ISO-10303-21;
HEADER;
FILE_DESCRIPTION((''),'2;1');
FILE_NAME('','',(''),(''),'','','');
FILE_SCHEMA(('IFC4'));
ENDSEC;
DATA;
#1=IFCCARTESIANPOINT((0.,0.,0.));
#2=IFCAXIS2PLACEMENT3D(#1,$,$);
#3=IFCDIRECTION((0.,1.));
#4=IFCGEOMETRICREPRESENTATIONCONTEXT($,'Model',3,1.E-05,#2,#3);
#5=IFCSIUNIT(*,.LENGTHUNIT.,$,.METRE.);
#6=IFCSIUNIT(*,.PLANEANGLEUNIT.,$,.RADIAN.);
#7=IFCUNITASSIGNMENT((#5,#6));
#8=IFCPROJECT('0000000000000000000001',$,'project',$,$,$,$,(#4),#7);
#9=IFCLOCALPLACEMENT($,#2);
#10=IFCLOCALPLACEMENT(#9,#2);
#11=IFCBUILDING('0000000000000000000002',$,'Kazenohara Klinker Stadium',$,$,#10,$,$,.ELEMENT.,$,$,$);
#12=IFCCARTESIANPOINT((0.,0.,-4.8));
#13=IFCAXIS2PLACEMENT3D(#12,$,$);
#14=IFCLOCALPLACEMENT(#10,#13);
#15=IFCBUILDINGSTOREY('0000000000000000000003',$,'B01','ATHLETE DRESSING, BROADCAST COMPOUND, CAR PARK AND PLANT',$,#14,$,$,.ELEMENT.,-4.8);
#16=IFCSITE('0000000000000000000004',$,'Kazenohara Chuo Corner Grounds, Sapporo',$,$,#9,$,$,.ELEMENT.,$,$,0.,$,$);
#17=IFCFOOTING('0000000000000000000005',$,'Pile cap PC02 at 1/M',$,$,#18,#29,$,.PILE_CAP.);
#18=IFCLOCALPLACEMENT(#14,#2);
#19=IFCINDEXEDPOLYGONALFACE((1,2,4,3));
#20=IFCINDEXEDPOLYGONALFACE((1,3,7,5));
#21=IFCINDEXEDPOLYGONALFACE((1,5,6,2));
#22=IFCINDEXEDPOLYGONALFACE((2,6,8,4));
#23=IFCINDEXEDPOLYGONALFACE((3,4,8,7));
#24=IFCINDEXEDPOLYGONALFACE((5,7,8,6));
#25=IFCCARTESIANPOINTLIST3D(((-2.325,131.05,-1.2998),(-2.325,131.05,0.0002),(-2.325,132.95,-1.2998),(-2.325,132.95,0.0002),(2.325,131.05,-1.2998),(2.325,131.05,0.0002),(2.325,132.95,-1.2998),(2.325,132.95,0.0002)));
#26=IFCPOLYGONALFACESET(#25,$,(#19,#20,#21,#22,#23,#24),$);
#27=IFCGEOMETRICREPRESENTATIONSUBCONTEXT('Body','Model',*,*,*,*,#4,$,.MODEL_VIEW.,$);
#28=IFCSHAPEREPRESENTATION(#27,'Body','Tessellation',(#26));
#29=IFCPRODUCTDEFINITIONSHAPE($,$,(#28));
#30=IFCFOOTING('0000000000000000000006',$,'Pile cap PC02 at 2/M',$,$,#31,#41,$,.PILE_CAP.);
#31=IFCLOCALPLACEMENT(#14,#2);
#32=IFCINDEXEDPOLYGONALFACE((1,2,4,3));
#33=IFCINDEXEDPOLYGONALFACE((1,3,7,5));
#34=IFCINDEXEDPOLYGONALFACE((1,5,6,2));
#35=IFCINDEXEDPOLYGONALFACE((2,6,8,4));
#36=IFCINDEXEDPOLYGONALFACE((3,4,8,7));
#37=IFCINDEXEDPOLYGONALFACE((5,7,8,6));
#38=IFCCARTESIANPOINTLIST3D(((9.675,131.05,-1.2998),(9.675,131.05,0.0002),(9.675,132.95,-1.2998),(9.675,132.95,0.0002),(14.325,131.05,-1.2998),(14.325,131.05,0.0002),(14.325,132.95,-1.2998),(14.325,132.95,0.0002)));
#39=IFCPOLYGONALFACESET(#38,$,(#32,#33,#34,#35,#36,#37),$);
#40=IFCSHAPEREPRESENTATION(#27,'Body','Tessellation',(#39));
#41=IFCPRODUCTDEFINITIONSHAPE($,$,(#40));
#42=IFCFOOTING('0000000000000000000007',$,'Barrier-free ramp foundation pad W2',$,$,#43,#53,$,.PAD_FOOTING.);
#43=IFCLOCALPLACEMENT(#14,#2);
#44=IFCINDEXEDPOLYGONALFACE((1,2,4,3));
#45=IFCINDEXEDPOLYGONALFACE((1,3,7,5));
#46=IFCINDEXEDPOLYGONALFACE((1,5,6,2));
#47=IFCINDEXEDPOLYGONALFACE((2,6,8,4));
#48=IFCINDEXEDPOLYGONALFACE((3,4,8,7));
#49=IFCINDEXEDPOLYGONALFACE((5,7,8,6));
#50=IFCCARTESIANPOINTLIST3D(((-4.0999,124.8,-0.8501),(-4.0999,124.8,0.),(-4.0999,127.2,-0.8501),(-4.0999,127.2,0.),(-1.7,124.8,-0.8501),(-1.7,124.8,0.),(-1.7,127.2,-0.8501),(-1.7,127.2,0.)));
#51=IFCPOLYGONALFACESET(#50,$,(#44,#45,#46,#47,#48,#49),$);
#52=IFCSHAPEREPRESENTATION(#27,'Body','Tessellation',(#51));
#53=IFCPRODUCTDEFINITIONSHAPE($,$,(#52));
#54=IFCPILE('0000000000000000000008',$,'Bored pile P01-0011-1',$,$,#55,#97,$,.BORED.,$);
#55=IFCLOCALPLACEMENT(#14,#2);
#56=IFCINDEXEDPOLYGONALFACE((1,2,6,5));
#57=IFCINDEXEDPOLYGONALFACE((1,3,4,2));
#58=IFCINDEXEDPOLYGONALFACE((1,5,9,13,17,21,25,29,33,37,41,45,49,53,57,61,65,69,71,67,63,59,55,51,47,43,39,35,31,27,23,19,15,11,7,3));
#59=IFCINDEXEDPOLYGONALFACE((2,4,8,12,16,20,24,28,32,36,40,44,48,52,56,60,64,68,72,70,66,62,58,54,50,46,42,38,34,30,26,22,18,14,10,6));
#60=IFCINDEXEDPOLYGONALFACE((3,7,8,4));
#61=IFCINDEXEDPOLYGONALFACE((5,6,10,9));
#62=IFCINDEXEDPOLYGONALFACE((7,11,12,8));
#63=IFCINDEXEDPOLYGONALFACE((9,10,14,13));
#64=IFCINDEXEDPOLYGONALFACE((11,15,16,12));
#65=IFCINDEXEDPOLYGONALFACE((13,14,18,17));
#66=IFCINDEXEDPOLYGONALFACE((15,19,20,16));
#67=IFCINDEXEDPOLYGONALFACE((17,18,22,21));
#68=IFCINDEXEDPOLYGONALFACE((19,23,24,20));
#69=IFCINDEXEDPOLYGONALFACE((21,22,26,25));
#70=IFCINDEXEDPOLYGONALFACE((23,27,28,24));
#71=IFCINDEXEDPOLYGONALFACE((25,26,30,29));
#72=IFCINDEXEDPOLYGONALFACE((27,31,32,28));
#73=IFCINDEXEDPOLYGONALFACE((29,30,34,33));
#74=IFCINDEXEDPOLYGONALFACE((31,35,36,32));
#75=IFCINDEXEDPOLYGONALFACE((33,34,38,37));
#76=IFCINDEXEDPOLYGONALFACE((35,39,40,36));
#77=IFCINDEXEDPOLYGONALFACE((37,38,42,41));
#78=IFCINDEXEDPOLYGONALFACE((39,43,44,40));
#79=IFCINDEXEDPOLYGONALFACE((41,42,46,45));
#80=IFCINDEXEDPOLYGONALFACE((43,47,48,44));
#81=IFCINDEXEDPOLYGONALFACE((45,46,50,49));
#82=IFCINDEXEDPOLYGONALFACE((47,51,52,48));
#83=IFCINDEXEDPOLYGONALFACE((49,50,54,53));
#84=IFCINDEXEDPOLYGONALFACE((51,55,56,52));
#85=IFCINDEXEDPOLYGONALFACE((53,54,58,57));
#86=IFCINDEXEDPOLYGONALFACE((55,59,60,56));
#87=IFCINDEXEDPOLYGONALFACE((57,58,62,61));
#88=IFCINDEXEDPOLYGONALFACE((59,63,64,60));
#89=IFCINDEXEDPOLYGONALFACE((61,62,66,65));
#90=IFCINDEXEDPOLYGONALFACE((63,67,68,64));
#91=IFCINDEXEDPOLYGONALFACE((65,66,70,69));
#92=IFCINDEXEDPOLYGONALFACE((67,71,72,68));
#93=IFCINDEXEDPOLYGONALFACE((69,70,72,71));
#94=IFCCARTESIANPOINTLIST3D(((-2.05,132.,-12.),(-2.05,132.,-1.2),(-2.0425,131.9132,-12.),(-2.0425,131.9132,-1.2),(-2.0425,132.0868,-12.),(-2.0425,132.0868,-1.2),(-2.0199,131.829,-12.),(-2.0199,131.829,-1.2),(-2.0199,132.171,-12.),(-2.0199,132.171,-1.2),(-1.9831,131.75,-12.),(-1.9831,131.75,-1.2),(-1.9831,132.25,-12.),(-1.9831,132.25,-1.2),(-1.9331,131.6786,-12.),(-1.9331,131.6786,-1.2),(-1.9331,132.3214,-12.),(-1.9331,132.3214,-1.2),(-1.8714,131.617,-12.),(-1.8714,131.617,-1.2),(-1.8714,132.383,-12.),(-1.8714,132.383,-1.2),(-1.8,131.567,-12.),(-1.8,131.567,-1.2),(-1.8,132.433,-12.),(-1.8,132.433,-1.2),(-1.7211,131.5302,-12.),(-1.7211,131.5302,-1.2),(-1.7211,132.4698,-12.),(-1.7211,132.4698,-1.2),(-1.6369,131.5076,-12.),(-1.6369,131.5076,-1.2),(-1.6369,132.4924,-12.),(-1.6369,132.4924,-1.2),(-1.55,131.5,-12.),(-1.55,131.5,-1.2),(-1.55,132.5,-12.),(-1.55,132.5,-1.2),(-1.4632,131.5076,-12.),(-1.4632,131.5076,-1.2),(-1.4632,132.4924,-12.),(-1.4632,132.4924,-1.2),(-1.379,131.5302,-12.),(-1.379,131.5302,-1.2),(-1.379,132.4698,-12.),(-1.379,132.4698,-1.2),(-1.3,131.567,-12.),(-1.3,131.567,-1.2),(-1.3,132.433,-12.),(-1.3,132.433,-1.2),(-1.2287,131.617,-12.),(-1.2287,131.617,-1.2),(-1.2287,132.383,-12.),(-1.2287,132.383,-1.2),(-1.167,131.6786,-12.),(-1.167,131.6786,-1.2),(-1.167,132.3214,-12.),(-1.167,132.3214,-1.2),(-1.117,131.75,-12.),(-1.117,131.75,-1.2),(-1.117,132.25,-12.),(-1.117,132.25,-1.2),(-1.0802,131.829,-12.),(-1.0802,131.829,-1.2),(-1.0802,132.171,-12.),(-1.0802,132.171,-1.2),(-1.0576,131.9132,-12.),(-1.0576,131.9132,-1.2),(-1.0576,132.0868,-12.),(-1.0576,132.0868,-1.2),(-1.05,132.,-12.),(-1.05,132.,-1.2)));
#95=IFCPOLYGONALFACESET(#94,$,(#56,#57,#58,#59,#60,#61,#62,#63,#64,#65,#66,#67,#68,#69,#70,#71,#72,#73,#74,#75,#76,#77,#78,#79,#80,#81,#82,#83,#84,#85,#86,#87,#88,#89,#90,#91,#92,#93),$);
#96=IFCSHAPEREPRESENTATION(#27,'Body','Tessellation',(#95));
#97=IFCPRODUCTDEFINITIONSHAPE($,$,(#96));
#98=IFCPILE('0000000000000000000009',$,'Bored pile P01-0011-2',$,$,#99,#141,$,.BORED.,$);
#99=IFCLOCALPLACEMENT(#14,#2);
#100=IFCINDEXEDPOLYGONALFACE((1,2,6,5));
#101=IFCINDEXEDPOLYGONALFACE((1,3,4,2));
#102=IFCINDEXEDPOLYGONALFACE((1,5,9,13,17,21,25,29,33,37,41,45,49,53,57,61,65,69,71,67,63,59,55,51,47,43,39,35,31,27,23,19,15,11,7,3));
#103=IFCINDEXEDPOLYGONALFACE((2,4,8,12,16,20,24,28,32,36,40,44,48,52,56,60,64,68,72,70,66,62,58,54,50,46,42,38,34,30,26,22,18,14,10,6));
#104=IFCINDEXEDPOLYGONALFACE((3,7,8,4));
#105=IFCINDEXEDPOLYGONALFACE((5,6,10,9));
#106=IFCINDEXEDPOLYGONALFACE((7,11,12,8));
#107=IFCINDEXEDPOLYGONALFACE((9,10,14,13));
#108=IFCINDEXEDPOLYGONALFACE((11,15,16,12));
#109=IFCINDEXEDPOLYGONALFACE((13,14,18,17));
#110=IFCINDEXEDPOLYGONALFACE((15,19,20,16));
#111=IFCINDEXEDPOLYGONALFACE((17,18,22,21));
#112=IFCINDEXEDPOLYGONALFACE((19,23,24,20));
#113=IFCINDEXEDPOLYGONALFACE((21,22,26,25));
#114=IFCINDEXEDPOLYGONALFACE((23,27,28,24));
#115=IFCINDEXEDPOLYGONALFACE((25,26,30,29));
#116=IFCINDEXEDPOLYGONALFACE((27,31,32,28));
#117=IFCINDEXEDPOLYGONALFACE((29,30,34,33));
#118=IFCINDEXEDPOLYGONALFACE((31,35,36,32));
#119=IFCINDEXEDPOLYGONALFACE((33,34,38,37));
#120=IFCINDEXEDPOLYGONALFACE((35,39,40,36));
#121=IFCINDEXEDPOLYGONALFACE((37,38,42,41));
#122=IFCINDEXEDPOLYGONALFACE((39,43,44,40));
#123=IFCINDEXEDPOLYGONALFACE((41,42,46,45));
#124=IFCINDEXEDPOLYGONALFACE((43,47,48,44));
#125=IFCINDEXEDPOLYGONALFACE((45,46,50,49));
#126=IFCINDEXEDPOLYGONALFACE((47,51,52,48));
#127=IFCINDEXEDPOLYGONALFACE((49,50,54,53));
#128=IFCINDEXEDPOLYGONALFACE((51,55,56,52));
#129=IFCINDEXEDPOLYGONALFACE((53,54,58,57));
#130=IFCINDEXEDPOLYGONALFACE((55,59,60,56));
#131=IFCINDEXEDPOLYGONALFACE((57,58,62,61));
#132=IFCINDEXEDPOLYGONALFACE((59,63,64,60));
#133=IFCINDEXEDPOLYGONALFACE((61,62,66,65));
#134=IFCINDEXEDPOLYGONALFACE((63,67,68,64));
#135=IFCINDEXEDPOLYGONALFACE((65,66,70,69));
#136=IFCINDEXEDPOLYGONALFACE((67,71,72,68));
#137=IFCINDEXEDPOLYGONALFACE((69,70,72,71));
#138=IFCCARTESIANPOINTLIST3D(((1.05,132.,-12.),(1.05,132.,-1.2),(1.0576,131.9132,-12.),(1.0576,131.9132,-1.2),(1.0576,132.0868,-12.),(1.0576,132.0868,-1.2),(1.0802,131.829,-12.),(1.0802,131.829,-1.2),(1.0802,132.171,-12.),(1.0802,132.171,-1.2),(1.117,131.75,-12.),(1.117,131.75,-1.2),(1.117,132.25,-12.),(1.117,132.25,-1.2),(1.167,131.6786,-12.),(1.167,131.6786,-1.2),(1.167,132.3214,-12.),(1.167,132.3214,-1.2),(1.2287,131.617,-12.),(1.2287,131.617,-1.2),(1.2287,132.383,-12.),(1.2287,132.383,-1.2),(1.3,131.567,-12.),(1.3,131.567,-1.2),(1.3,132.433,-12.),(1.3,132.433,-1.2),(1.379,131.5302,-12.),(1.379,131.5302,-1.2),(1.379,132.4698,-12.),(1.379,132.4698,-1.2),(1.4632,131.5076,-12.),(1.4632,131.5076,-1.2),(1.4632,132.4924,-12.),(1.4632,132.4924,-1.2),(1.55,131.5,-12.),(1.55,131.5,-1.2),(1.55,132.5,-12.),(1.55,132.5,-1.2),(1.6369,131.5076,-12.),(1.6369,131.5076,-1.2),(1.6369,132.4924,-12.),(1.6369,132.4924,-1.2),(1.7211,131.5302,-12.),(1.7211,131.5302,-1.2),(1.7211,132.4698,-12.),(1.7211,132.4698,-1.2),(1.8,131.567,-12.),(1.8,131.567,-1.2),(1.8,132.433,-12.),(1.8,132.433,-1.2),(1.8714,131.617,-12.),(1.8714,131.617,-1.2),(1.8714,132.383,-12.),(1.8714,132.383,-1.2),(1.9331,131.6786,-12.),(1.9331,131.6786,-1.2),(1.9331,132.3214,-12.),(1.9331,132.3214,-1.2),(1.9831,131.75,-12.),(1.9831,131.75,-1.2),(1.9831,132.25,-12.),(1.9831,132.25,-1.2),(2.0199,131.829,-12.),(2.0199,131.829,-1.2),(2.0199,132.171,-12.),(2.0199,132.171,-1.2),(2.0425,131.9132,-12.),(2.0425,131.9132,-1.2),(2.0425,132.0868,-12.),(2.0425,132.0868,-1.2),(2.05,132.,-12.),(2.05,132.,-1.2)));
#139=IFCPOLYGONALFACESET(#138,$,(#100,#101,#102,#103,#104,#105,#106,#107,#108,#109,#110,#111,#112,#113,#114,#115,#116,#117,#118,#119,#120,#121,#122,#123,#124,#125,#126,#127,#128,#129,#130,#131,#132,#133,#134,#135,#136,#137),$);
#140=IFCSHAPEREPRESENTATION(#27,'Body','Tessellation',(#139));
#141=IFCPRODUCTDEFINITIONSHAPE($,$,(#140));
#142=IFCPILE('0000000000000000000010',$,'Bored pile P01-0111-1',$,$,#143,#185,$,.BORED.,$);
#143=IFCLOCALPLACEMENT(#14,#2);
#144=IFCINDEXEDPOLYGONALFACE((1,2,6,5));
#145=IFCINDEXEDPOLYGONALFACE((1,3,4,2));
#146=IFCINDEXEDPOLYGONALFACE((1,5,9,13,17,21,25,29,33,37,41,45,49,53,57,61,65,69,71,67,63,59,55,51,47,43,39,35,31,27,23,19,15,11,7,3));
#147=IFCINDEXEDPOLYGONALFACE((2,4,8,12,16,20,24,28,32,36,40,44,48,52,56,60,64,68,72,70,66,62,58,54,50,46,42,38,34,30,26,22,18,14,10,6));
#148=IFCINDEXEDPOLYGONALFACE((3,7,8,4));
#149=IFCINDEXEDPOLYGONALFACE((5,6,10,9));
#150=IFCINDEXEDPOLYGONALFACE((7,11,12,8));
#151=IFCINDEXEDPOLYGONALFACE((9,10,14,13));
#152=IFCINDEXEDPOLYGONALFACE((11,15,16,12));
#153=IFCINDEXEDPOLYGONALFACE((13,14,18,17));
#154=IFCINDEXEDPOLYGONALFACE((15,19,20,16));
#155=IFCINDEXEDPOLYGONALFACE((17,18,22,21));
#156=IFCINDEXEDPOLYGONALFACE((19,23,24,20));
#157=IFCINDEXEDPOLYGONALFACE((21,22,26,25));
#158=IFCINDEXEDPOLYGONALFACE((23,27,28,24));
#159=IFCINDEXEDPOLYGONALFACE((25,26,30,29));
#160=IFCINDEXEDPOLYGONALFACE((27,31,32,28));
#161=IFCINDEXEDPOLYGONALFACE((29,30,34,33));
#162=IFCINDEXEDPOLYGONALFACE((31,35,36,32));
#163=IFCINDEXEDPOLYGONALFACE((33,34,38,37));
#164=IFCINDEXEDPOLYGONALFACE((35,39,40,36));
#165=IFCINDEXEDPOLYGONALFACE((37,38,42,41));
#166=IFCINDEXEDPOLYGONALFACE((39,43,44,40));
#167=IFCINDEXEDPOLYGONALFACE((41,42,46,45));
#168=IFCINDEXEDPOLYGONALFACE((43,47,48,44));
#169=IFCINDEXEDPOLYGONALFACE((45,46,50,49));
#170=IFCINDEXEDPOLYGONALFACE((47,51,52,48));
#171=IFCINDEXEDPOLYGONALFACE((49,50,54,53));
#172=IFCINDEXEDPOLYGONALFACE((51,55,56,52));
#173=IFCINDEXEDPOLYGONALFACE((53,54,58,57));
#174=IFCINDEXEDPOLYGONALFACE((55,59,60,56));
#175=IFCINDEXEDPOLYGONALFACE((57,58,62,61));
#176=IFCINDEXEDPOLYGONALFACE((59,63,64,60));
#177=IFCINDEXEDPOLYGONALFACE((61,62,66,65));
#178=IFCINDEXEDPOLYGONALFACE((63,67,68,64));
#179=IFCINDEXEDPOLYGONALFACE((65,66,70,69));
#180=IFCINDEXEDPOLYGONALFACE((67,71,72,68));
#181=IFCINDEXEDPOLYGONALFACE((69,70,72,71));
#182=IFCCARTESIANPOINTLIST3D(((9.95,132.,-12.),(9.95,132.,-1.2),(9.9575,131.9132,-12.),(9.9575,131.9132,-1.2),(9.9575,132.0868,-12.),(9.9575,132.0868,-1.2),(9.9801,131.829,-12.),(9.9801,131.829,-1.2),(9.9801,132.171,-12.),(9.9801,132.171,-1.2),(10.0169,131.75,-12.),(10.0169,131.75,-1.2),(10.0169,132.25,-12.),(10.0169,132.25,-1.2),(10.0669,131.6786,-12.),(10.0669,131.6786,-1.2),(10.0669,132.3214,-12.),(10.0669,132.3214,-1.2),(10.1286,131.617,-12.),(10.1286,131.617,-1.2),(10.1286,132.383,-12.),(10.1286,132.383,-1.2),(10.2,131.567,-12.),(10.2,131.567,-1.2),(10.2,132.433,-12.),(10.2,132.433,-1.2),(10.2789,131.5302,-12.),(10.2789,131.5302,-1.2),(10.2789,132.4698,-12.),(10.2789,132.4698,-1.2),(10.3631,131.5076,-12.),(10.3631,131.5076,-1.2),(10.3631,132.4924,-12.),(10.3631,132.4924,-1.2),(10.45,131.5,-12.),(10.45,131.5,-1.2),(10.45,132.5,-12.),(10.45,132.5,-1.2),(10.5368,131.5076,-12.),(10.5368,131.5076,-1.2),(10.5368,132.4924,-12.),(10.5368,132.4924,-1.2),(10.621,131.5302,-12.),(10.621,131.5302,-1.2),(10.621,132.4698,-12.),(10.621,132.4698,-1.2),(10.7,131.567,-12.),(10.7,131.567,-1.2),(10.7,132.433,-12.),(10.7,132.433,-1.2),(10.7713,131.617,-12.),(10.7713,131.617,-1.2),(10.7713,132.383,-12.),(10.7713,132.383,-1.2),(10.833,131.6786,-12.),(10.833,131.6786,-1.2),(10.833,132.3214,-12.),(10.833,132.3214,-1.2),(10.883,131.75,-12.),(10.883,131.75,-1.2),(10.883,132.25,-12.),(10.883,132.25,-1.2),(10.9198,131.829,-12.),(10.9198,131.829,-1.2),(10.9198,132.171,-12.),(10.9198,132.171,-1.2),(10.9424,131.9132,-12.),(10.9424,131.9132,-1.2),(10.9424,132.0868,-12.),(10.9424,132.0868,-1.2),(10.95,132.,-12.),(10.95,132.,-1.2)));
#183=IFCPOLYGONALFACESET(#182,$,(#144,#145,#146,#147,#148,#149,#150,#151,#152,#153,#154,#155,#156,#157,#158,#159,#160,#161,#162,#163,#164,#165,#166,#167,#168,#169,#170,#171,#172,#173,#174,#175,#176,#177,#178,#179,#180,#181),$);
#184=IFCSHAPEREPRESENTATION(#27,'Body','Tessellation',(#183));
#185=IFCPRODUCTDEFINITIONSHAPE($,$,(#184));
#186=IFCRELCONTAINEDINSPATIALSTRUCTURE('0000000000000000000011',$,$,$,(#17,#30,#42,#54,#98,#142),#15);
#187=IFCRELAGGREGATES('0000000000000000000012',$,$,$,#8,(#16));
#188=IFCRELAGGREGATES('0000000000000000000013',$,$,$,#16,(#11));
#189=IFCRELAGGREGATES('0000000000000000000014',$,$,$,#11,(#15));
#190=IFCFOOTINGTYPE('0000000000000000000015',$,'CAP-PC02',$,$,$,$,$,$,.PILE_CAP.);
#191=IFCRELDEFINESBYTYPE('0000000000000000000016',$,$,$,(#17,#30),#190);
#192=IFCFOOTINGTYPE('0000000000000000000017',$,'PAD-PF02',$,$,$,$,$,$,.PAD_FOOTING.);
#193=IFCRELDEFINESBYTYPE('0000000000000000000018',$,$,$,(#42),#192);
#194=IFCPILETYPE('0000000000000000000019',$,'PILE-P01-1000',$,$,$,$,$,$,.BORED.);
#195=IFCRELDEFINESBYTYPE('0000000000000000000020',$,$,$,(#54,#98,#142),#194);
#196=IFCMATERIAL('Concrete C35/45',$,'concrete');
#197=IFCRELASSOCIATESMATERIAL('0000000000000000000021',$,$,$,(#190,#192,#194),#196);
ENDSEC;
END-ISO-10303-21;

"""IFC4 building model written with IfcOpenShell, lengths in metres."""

from ifc_helpers import new_model, si_unit, direction, frame, origin, origin_2d, place, context, subcontext, project, spatial, rectangle, circle, extrude, material, material_profile, profile_set, type_object, element, save


model = new_model("IFC4")

# Units and contexts
model_context = context("Model", 3, precision=1e-05, world=origin(), true_north=direction((0.0, 1.0)))
body_context = subcontext(model_context, "Body", "Model", "MODEL_VIEW")
ifc_project = project(units=[si_unit("LENGTHUNIT", "METRE"), si_unit("PLANEANGLEUNIT", "RADIAN")], contexts=[model_context])

# Site, building, storey
site_placement = place(None, origin())
site = spatial("IfcSite", under=ifc_project, at=site_placement, Name="Kazenohara Chuo Corner Grounds, Sapporo", CompositionType="ELEMENT", RefElevation=0.0)
building_placement = place(site_placement, origin())
building = spatial("IfcBuilding", under=site, at=building_placement, Name="Kazenohara Klinker Stadium", CompositionType="ELEMENT")
storey_placement = place(building_placement, frame((0.0, 0.0, -4.8)))
storey = spatial("IfcBuildingStorey", under=building, at=storey_placement, Name="B01", Description="ATHLETE DRESSING, BROADCAST COMPOUND, CAR PARK AND PLANT", CompositionType="ELEMENT", Elevation=-4.8)

# Footings
ifc_material_1 = material(Name="Concrete C35/45", Category="concrete")
footing_type_1 = type_object("IfcFootingType", Name="CAP-PC02", PredefinedType="PILE_CAP", material=ifc_material_1)
for number, where, z_axis, x_axis, name in (
    (1, (0.0, 132.0, -1.2998), (0.0, 0.0, 1.0), (1.0, 0.0, 0.0), "Pile cap PC02 at 1/M"),
    (2, (12.0, 132.0, -1.2998), (0.0, 0.0, 1.0), (1.0, 0.0, 0.0), "Pile cap PC02 at 2/M"),
):
    element("IfcFooting", number, at=place(storey_placement, frame(where, z_axis=z_axis, x_axis=x_axis)), inside=storey, type_object=footing_type_1, Name=name, PredefinedType="PILE_CAP", context=body_context, shape_type="SweptSolid", body=[
        extrude(rectangle(XDim=4.6499, YDim=1.8999, at=origin_2d()), origin(), (0.0, 0.0, 1.0), 1.3),
    ])
footing_type_2 = type_object("IfcFootingType", Name="PAD-PF02", PredefinedType="PAD_FOOTING", material=ifc_material_1)
footing_placement = place(storey_placement, frame((-2.8999, 126.0, -0.8501), z_axis=(0.0, 0.0, 1.0), x_axis=(1.0, 0.0, 0.0)))
element("IfcFooting", 3, at=footing_placement, inside=storey, type_object=footing_type_2, Name="Barrier-free ramp foundation pad W2", PredefinedType="PAD_FOOTING", context=body_context, shape_type="SweptSolid", body=[
    extrude(rectangle(XDim=2.3999, YDim=2.3999, at=origin_2d()), origin(), (0.0, 0.0, 1.0), 0.8501),
])

# Piles
ifc_material_profile_1 = material_profile(ifc_material_1, circle(Radius=0.5, at=origin_2d()), Name="BORED-PILE-1000")
ifc_profile_set_1 = profile_set([ifc_material_profile_1], Name="Concrete C35/45")
pile_type_1 = type_object("IfcPileType", Name="PILE-P01-1000", PredefinedType="BORED", material=ifc_profile_set_1)
for number, where, z_axis, x_axis, name in (
    (4, (-1.55, 132.0, -1.2), (0.0, 0.0, -1.0), (1.0, 0.0, 0.0), "Bored pile P01-0011-1"),
    (5, (1.55, 132.0, -1.2), (0.0, 0.0, -1.0), (1.0, 0.0, 0.0), "Bored pile P01-0011-2"),
    (6, (10.45, 132.0, -1.2), (0.0, 0.0, -1.0), (1.0, 0.0, 0.0), "Bored pile P01-0111-1"),
):
    element("IfcPile", number, at=place(storey_placement, frame(where, z_axis=z_axis, x_axis=x_axis)), inside=storey, type_object=pile_type_1, Name=name, PredefinedType="BORED", context=body_context, shape_type="SweptSolid", body=[
        extrude(circle(Radius=0.5, at=origin_2d()), origin(), (0.0, 0.0, 1.0), 10.8),
    ])

save(model, "model.ifc")
